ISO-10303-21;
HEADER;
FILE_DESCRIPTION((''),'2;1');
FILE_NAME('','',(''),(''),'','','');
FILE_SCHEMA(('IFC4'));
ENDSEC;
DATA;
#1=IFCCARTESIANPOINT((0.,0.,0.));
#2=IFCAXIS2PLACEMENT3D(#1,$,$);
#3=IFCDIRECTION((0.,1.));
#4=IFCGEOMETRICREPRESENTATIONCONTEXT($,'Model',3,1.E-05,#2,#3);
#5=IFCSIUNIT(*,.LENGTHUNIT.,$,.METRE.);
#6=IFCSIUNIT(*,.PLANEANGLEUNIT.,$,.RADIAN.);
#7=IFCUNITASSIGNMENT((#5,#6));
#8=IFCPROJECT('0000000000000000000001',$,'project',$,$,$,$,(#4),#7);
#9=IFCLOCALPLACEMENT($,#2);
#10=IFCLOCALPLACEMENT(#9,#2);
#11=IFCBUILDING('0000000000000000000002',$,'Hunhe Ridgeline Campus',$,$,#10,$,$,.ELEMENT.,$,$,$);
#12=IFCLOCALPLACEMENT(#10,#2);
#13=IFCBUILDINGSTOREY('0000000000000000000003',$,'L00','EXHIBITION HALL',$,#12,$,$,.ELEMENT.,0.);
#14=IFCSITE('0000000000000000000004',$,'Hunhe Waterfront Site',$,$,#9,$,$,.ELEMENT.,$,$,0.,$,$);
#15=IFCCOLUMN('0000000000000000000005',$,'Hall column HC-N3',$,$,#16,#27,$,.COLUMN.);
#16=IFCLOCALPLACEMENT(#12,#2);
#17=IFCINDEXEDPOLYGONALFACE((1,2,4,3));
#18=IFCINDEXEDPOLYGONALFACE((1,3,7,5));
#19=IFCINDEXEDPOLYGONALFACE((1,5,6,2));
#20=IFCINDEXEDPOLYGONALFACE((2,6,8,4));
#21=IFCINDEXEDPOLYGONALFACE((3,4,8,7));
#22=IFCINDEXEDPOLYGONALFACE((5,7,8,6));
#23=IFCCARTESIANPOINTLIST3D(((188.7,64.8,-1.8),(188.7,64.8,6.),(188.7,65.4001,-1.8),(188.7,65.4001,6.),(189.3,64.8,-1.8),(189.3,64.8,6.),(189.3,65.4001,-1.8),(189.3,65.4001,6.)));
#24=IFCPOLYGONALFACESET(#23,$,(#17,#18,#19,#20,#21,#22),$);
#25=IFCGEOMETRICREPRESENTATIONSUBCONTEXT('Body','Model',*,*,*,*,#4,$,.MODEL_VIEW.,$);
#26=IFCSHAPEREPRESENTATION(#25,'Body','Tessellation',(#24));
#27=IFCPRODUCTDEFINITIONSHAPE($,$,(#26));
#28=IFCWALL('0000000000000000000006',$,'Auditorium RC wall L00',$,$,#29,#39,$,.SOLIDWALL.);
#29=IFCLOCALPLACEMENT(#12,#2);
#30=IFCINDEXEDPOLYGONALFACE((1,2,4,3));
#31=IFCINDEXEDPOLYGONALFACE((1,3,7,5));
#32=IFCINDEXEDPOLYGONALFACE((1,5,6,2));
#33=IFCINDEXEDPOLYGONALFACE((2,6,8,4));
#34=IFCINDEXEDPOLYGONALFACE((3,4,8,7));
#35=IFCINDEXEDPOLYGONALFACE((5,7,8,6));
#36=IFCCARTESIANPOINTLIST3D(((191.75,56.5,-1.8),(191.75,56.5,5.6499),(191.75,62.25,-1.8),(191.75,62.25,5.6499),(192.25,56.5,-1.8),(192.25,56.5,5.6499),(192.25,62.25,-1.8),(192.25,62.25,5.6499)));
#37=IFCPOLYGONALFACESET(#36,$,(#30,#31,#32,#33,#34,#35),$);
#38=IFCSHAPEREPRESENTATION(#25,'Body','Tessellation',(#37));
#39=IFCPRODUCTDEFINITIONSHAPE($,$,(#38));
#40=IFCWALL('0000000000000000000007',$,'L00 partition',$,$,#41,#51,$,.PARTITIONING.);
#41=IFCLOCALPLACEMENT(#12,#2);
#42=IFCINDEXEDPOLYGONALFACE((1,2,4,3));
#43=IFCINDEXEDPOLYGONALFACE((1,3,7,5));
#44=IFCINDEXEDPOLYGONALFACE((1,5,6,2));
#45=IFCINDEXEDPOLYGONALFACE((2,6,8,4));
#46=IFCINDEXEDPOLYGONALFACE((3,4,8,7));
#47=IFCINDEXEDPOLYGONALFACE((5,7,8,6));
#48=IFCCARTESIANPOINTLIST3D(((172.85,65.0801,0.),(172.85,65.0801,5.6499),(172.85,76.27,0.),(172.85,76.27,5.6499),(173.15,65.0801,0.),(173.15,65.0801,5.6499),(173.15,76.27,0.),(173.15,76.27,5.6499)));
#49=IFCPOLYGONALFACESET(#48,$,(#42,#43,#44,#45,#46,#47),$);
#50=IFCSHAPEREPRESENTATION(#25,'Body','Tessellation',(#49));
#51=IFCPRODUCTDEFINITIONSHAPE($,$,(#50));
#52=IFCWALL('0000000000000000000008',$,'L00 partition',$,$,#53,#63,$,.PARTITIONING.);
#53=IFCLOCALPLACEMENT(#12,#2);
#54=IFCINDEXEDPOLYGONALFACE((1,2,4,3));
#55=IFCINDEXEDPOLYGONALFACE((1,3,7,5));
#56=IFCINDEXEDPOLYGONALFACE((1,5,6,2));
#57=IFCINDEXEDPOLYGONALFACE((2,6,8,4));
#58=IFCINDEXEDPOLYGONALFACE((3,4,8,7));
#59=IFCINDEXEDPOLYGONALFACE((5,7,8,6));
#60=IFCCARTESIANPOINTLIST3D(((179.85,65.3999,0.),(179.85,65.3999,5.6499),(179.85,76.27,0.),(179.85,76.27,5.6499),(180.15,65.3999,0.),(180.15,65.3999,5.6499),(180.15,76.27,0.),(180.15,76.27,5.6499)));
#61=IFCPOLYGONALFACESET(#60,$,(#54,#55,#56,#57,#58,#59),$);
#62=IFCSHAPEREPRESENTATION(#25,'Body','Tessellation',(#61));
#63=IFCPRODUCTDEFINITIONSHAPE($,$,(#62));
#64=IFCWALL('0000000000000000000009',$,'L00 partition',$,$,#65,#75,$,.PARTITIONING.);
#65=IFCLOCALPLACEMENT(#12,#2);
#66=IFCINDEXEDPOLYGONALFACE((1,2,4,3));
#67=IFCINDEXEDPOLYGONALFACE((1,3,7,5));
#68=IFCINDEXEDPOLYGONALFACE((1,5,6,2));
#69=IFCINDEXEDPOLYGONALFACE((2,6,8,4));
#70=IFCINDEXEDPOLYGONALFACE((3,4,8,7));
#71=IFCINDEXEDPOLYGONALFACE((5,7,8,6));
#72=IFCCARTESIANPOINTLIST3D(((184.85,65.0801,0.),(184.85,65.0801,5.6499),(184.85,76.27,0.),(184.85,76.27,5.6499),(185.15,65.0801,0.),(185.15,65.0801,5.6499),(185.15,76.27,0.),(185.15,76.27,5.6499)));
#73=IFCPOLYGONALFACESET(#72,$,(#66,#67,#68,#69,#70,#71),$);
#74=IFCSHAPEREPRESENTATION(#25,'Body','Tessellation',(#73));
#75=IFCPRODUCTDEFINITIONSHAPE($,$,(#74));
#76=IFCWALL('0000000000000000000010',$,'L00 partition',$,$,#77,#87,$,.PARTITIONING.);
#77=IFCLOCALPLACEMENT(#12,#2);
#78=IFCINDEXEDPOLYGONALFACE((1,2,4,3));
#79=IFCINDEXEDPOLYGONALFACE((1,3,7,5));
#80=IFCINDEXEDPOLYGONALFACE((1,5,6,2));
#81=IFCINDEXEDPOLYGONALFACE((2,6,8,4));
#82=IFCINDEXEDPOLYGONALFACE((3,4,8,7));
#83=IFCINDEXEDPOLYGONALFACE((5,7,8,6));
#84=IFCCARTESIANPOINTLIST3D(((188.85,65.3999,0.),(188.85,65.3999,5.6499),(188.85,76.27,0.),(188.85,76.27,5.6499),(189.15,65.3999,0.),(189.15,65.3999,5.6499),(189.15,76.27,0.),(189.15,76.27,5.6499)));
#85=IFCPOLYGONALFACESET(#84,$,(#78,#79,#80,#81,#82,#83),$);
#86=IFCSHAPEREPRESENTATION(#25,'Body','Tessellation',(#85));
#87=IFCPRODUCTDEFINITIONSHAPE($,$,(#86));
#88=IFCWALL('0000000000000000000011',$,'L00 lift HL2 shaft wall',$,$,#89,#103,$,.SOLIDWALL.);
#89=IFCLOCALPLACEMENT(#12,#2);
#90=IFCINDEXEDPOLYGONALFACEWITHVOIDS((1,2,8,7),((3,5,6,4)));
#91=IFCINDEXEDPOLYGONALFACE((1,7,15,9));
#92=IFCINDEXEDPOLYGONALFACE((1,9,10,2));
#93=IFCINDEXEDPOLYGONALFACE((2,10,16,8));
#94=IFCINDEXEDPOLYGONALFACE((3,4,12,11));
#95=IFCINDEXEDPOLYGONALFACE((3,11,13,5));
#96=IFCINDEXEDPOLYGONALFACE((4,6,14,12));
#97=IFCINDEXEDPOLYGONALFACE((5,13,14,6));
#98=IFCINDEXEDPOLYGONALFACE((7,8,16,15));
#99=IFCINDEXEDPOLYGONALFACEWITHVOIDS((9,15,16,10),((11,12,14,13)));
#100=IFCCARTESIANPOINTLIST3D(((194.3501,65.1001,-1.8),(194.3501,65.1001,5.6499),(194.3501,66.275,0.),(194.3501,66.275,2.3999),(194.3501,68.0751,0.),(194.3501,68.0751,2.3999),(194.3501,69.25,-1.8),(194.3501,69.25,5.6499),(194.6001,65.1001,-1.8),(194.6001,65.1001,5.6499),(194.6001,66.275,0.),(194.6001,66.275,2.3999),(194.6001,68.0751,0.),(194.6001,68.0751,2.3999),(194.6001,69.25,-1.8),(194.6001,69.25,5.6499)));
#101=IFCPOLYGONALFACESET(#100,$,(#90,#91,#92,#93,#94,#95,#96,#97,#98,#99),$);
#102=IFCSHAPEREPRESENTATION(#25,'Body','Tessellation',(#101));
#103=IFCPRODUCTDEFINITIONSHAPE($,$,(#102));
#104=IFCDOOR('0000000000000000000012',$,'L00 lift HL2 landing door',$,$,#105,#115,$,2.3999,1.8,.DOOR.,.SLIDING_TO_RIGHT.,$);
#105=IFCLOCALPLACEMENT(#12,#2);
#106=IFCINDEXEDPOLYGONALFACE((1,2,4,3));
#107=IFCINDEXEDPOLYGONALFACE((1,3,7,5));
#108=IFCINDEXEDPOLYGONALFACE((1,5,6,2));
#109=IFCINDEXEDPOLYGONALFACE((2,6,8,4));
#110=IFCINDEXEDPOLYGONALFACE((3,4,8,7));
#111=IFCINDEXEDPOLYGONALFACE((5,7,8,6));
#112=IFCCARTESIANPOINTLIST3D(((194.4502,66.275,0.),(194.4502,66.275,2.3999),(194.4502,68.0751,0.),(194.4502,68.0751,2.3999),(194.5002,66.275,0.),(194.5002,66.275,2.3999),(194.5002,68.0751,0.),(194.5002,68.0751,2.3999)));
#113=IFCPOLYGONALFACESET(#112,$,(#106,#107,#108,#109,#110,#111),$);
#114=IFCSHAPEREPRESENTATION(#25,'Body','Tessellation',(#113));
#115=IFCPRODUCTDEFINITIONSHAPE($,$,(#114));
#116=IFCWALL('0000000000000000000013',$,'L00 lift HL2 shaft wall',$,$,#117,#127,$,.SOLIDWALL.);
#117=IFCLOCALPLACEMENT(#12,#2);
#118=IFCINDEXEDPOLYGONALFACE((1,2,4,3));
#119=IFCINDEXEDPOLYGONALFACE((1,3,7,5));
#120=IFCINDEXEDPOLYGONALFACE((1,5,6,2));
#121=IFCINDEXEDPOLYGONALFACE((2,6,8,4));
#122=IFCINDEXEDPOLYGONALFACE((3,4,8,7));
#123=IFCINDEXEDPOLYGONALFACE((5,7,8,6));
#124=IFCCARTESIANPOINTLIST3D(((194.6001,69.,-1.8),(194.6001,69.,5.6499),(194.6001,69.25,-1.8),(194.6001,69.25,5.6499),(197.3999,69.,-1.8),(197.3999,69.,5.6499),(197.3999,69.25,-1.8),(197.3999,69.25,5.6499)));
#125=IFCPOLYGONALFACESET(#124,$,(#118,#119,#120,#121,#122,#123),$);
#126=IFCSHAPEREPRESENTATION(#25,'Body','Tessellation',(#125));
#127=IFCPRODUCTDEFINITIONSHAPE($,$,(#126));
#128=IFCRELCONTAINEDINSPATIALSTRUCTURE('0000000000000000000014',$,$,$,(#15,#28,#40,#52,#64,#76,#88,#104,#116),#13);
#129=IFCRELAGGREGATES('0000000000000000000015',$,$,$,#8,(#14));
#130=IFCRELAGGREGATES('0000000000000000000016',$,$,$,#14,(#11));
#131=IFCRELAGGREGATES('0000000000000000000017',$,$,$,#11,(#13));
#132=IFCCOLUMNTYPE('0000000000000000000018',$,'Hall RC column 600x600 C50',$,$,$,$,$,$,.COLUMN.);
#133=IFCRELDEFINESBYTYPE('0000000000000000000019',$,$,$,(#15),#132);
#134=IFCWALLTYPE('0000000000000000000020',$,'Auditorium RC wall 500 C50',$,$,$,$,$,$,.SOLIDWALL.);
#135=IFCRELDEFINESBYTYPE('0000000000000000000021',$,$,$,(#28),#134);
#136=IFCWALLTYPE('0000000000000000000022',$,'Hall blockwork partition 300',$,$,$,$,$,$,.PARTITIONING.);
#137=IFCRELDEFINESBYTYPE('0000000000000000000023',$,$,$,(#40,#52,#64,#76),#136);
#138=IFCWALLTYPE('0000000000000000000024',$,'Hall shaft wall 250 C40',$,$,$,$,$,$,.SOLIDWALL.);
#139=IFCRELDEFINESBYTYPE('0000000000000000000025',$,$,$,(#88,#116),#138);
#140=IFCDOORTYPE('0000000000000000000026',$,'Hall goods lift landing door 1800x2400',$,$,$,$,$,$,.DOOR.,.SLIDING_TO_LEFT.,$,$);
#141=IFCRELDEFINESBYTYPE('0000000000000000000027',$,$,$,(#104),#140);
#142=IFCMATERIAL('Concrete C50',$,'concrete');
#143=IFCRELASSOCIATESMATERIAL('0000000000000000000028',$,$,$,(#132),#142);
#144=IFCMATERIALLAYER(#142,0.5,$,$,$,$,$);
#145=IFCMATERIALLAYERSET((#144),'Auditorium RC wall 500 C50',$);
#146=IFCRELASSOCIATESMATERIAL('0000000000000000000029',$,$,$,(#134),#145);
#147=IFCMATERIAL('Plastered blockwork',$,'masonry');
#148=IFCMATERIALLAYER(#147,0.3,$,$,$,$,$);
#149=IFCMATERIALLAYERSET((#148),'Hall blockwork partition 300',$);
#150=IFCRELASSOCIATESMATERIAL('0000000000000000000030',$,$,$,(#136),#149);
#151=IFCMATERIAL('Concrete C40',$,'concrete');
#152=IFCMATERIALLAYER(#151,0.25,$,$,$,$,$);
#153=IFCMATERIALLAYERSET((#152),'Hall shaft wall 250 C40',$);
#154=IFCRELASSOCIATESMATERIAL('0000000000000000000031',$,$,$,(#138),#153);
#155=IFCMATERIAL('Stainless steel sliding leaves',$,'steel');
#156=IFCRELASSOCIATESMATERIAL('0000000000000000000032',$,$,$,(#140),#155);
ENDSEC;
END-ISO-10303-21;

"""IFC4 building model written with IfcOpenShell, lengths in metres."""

from ifc_helpers import new_model, si_unit, direction, frame, frame_2d, origin, origin_2d, place, context, subcontext, project, spatial, rectangle, extrude, material, layer, layer_set, material_profile, profile_set, type_object, element, fill, save


model = new_model("IFC4")

# Units and contexts
model_context = context("Model", 3, precision=1e-05, world=origin(), true_north=direction((0.0, 1.0)))
body_context = subcontext(model_context, "Body", "Model", "MODEL_VIEW")
ifc_project = project(units=[si_unit("LENGTHUNIT", "METRE"), si_unit("PLANEANGLEUNIT", "RADIAN")], contexts=[model_context])

# Site, building, storey
site_placement = place(None, origin())
site = spatial("IfcSite", under=ifc_project, at=site_placement, Name="Hunhe Waterfront Site", CompositionType="ELEMENT", RefElevation=0.0)
building_placement = place(site_placement, origin())
building = spatial("IfcBuilding", under=site, at=building_placement, Name="Hunhe Ridgeline Campus", CompositionType="ELEMENT")
storey_placement = place(building_placement, origin())
storey = spatial("IfcBuildingStorey", under=building, at=storey_placement, Name="L00", Description="EXHIBITION HALL", CompositionType="ELEMENT", Elevation=0.0)

# Column
ifc_material_1 = material(Name="Concrete C50", Category="concrete")
ifc_material_profile_1 = material_profile(ifc_material_1, rectangle(XDim=0.6001, YDim=0.6001, at=origin_2d()))
ifc_profile_set_1 = profile_set([ifc_material_profile_1], Name="Concrete C50")
column_type = type_object("IfcColumnType", Name="Hall RC column 600x600 C50", PredefinedType="COLUMN", material=ifc_profile_set_1)
for number, where, z_axis, x_axis, name in (
    (1, (189.0, 65.1001, -1.8), (0.0, 0.0, 1.0), (1.0, 0.0, 0.0), "Hall column HC-N3"),
):
    element("IfcColumn", number, at=place(storey_placement, frame(where, z_axis=z_axis, x_axis=x_axis)), inside=storey, type_object=column_type, Name=name, PredefinedType="COLUMN", context=body_context, shape_type="SweptSolid", body=[
        extrude(rectangle(XDim=0.6001, YDim=0.6001, at=origin_2d()), origin(), (0.0, 0.0, 1.0), 7.8),
    ])

# Wall
ifc_layer_1 = layer(ifc_material_1, 0.5)
ifc_layer_set_1 = layer_set([ifc_layer_1], Name="Auditorium RC wall 500 C50")
wall_type_1 = type_object("IfcWallType", Name="Auditorium RC wall 500 C50", PredefinedType="SOLIDWALL", material=ifc_layer_set_1)
wall_1_placement = place(storey_placement, frame((192.0, 56.5, -1.8), z_axis=(0.0, 0.0, 1.0), x_axis=(0.0, 1.0, 0.0)))
element("IfcWall", 2, at=wall_1_placement, inside=storey, type_object=wall_type_1, Name="Auditorium RC wall L00", PredefinedType="SOLIDWALL", context=body_context, shape_type="SweptSolid", body=[
    extrude(rectangle(XDim=5.75, YDim=0.5, at=frame_2d((2.875, 0.0))), origin(), (0.0, 0.0, 1.0), 7.45),
])

# Shared definitions
ifc_material_2 = material(Name="Plastered blockwork", Category="masonry")
ifc_layer_2 = layer(ifc_material_2, 0.3)
ifc_layer_set_2 = layer_set([ifc_layer_2], Name="Hall blockwork partition 300")
wall_type_2 = type_object("IfcWallType", Name="Hall blockwork partition 300", PredefinedType="PARTITIONING", material=ifc_layer_set_2)

# Walls
wall_2_placement = place(storey_placement, frame((173.0, 65.0801, 0.0), z_axis=(0.0, 0.0, 1.0), x_axis=(0.0, 1.0, 0.0)))
element("IfcWall", 3, at=wall_2_placement, inside=storey, type_object=wall_type_2, Name="L00 partition", PredefinedType="PARTITIONING", context=body_context, shape_type="SweptSolid", body=[
    extrude(rectangle(XDim=11.1899, YDim=0.3, at=frame_2d((5.595, 0.0))), origin(), (0.0, 0.0, 1.0), 5.6499),
])
wall_3_placement = place(storey_placement, frame((180.0, 65.3999, 0.0), z_axis=(0.0, 0.0, 1.0), x_axis=(0.0, 1.0, 0.0)))
element("IfcWall", 4, at=wall_3_placement, inside=storey, type_object=wall_type_2, Name="L00 partition", PredefinedType="PARTITIONING", context=body_context, shape_type="SweptSolid", body=[
    extrude(rectangle(XDim=10.8701, YDim=0.3, at=frame_2d((5.4351, 0.0))), origin(), (0.0, 0.0, 1.0), 5.6499),
])
wall_4_placement = place(storey_placement, frame((185.0, 65.0801, 0.0), z_axis=(0.0, 0.0, 1.0), x_axis=(0.0, 1.0, 0.0)))
element("IfcWall", 5, at=wall_4_placement, inside=storey, type_object=wall_type_2, Name="L00 partition", PredefinedType="PARTITIONING", context=body_context, shape_type="SweptSolid", body=[
    extrude(rectangle(XDim=11.1899, YDim=0.3, at=frame_2d((5.595, 0.0))), origin(), (0.0, 0.0, 1.0), 5.6499),
])
wall_5_placement = place(storey_placement, frame((189.0, 65.3999, 0.0), z_axis=(0.0, 0.0, 1.0), x_axis=(0.0, 1.0, 0.0)))
element("IfcWall", 6, at=wall_5_placement, inside=storey, type_object=wall_type_2, Name="L00 partition", PredefinedType="PARTITIONING", context=body_context, shape_type="SweptSolid", body=[
    extrude(rectangle(XDim=10.8701, YDim=0.3, at=frame_2d((5.4351, 0.0))), origin(), (0.0, 0.0, 1.0), 5.6499),
])

# Wall, opening, door
ifc_material_3 = material(Name="Concrete C40", Category="concrete")
ifc_layer_3 = layer(ifc_material_3, 0.25)
ifc_layer_set_3 = layer_set([ifc_layer_3], Name="Hall shaft wall 250 C40")
wall_type_3 = type_object("IfcWallType", Name="Hall shaft wall 250 C40", PredefinedType="SOLIDWALL", material=ifc_layer_set_3)
wall_6_placement = place(storey_placement, frame((194.4751, 65.1001, -1.8), z_axis=(0.0, 0.0, 1.0), x_axis=(0.0, 1.0, 0.0)))
wall_6 = element("IfcWall", 7, at=wall_6_placement, inside=storey, type_object=wall_type_3, Name="L00 lift HL2 shaft wall", PredefinedType="SOLIDWALL", context=body_context, shape_type="SweptSolid", body=[
    extrude(rectangle(XDim=4.1499, YDim=0.25, at=frame_2d((2.075, 0.0))), origin(), (0.0, 0.0, 1.0), 7.45),
])
opening_1_placement = place(wall_6_placement, frame((1.175, 0.0, 1.8)))
opening_1 = element("IfcOpeningElement", 8, at=opening_1_placement, cuts=wall_6, PredefinedType="OPENING", context=body_context, shape_type="SweptSolid", body=[
    extrude(rectangle(XDim=1.8, YDim=2.3999, at=frame_2d((0.8999, 1.2))), frame((0.0, 0.125, 0.0), z_axis=(0.0, -1.0, 0.0), x_axis=(1.0, 0.0, 0.0)), (0.0, 0.0, 1.0), 0.25),
])
ifc_material_4 = material(Name="Stainless steel sliding leaves", Category="steel")
door_type_1 = type_object("IfcDoorType", Name="Hall goods lift landing door 1800x2400", OperationType="SLIDING_TO_LEFT", PredefinedType="DOOR", material=ifc_material_4)
door_1_placement = place(opening_1_placement, origin())
door_1 = element("IfcDoor", 9, at=door_1_placement, inside=storey, type_object=door_type_1, Name="L00 lift HL2 landing door", OperationType="SLIDING_TO_RIGHT", OverallHeight=2.3999, OverallWidth=1.8, PredefinedType="DOOR", context=body_context, shape_type="SweptSolid", body=[
    extrude(rectangle(XDim=1.8, YDim=2.3999, at=frame_2d((0.8999, 1.2))), frame((0.0, 0.0249, 0.0), z_axis=(0.0, -1.0, 0.0), x_axis=(1.0, 0.0, 0.0)), (0.0, 0.0, 1.0), 0.05),
])
fill(opening_1, door_1)

# Wall
wall_7_placement = place(storey_placement, frame((194.6001, 69.125, -1.8), z_axis=(0.0, 0.0, 1.0), x_axis=(1.0, 0.0, 0.0)))
element("IfcWall", 10, at=wall_7_placement, inside=storey, type_object=wall_type_3, Name="L00 lift HL2 shaft wall", PredefinedType="SOLIDWALL", context=body_context, shape_type="SweptSolid", body=[
    extrude(rectangle(XDim=2.7998, YDim=0.25, at=frame_2d((1.3999, 0.0))), origin(), (0.0, 0.0, 1.0), 7.45),
])

save(model, "model.ifc")
